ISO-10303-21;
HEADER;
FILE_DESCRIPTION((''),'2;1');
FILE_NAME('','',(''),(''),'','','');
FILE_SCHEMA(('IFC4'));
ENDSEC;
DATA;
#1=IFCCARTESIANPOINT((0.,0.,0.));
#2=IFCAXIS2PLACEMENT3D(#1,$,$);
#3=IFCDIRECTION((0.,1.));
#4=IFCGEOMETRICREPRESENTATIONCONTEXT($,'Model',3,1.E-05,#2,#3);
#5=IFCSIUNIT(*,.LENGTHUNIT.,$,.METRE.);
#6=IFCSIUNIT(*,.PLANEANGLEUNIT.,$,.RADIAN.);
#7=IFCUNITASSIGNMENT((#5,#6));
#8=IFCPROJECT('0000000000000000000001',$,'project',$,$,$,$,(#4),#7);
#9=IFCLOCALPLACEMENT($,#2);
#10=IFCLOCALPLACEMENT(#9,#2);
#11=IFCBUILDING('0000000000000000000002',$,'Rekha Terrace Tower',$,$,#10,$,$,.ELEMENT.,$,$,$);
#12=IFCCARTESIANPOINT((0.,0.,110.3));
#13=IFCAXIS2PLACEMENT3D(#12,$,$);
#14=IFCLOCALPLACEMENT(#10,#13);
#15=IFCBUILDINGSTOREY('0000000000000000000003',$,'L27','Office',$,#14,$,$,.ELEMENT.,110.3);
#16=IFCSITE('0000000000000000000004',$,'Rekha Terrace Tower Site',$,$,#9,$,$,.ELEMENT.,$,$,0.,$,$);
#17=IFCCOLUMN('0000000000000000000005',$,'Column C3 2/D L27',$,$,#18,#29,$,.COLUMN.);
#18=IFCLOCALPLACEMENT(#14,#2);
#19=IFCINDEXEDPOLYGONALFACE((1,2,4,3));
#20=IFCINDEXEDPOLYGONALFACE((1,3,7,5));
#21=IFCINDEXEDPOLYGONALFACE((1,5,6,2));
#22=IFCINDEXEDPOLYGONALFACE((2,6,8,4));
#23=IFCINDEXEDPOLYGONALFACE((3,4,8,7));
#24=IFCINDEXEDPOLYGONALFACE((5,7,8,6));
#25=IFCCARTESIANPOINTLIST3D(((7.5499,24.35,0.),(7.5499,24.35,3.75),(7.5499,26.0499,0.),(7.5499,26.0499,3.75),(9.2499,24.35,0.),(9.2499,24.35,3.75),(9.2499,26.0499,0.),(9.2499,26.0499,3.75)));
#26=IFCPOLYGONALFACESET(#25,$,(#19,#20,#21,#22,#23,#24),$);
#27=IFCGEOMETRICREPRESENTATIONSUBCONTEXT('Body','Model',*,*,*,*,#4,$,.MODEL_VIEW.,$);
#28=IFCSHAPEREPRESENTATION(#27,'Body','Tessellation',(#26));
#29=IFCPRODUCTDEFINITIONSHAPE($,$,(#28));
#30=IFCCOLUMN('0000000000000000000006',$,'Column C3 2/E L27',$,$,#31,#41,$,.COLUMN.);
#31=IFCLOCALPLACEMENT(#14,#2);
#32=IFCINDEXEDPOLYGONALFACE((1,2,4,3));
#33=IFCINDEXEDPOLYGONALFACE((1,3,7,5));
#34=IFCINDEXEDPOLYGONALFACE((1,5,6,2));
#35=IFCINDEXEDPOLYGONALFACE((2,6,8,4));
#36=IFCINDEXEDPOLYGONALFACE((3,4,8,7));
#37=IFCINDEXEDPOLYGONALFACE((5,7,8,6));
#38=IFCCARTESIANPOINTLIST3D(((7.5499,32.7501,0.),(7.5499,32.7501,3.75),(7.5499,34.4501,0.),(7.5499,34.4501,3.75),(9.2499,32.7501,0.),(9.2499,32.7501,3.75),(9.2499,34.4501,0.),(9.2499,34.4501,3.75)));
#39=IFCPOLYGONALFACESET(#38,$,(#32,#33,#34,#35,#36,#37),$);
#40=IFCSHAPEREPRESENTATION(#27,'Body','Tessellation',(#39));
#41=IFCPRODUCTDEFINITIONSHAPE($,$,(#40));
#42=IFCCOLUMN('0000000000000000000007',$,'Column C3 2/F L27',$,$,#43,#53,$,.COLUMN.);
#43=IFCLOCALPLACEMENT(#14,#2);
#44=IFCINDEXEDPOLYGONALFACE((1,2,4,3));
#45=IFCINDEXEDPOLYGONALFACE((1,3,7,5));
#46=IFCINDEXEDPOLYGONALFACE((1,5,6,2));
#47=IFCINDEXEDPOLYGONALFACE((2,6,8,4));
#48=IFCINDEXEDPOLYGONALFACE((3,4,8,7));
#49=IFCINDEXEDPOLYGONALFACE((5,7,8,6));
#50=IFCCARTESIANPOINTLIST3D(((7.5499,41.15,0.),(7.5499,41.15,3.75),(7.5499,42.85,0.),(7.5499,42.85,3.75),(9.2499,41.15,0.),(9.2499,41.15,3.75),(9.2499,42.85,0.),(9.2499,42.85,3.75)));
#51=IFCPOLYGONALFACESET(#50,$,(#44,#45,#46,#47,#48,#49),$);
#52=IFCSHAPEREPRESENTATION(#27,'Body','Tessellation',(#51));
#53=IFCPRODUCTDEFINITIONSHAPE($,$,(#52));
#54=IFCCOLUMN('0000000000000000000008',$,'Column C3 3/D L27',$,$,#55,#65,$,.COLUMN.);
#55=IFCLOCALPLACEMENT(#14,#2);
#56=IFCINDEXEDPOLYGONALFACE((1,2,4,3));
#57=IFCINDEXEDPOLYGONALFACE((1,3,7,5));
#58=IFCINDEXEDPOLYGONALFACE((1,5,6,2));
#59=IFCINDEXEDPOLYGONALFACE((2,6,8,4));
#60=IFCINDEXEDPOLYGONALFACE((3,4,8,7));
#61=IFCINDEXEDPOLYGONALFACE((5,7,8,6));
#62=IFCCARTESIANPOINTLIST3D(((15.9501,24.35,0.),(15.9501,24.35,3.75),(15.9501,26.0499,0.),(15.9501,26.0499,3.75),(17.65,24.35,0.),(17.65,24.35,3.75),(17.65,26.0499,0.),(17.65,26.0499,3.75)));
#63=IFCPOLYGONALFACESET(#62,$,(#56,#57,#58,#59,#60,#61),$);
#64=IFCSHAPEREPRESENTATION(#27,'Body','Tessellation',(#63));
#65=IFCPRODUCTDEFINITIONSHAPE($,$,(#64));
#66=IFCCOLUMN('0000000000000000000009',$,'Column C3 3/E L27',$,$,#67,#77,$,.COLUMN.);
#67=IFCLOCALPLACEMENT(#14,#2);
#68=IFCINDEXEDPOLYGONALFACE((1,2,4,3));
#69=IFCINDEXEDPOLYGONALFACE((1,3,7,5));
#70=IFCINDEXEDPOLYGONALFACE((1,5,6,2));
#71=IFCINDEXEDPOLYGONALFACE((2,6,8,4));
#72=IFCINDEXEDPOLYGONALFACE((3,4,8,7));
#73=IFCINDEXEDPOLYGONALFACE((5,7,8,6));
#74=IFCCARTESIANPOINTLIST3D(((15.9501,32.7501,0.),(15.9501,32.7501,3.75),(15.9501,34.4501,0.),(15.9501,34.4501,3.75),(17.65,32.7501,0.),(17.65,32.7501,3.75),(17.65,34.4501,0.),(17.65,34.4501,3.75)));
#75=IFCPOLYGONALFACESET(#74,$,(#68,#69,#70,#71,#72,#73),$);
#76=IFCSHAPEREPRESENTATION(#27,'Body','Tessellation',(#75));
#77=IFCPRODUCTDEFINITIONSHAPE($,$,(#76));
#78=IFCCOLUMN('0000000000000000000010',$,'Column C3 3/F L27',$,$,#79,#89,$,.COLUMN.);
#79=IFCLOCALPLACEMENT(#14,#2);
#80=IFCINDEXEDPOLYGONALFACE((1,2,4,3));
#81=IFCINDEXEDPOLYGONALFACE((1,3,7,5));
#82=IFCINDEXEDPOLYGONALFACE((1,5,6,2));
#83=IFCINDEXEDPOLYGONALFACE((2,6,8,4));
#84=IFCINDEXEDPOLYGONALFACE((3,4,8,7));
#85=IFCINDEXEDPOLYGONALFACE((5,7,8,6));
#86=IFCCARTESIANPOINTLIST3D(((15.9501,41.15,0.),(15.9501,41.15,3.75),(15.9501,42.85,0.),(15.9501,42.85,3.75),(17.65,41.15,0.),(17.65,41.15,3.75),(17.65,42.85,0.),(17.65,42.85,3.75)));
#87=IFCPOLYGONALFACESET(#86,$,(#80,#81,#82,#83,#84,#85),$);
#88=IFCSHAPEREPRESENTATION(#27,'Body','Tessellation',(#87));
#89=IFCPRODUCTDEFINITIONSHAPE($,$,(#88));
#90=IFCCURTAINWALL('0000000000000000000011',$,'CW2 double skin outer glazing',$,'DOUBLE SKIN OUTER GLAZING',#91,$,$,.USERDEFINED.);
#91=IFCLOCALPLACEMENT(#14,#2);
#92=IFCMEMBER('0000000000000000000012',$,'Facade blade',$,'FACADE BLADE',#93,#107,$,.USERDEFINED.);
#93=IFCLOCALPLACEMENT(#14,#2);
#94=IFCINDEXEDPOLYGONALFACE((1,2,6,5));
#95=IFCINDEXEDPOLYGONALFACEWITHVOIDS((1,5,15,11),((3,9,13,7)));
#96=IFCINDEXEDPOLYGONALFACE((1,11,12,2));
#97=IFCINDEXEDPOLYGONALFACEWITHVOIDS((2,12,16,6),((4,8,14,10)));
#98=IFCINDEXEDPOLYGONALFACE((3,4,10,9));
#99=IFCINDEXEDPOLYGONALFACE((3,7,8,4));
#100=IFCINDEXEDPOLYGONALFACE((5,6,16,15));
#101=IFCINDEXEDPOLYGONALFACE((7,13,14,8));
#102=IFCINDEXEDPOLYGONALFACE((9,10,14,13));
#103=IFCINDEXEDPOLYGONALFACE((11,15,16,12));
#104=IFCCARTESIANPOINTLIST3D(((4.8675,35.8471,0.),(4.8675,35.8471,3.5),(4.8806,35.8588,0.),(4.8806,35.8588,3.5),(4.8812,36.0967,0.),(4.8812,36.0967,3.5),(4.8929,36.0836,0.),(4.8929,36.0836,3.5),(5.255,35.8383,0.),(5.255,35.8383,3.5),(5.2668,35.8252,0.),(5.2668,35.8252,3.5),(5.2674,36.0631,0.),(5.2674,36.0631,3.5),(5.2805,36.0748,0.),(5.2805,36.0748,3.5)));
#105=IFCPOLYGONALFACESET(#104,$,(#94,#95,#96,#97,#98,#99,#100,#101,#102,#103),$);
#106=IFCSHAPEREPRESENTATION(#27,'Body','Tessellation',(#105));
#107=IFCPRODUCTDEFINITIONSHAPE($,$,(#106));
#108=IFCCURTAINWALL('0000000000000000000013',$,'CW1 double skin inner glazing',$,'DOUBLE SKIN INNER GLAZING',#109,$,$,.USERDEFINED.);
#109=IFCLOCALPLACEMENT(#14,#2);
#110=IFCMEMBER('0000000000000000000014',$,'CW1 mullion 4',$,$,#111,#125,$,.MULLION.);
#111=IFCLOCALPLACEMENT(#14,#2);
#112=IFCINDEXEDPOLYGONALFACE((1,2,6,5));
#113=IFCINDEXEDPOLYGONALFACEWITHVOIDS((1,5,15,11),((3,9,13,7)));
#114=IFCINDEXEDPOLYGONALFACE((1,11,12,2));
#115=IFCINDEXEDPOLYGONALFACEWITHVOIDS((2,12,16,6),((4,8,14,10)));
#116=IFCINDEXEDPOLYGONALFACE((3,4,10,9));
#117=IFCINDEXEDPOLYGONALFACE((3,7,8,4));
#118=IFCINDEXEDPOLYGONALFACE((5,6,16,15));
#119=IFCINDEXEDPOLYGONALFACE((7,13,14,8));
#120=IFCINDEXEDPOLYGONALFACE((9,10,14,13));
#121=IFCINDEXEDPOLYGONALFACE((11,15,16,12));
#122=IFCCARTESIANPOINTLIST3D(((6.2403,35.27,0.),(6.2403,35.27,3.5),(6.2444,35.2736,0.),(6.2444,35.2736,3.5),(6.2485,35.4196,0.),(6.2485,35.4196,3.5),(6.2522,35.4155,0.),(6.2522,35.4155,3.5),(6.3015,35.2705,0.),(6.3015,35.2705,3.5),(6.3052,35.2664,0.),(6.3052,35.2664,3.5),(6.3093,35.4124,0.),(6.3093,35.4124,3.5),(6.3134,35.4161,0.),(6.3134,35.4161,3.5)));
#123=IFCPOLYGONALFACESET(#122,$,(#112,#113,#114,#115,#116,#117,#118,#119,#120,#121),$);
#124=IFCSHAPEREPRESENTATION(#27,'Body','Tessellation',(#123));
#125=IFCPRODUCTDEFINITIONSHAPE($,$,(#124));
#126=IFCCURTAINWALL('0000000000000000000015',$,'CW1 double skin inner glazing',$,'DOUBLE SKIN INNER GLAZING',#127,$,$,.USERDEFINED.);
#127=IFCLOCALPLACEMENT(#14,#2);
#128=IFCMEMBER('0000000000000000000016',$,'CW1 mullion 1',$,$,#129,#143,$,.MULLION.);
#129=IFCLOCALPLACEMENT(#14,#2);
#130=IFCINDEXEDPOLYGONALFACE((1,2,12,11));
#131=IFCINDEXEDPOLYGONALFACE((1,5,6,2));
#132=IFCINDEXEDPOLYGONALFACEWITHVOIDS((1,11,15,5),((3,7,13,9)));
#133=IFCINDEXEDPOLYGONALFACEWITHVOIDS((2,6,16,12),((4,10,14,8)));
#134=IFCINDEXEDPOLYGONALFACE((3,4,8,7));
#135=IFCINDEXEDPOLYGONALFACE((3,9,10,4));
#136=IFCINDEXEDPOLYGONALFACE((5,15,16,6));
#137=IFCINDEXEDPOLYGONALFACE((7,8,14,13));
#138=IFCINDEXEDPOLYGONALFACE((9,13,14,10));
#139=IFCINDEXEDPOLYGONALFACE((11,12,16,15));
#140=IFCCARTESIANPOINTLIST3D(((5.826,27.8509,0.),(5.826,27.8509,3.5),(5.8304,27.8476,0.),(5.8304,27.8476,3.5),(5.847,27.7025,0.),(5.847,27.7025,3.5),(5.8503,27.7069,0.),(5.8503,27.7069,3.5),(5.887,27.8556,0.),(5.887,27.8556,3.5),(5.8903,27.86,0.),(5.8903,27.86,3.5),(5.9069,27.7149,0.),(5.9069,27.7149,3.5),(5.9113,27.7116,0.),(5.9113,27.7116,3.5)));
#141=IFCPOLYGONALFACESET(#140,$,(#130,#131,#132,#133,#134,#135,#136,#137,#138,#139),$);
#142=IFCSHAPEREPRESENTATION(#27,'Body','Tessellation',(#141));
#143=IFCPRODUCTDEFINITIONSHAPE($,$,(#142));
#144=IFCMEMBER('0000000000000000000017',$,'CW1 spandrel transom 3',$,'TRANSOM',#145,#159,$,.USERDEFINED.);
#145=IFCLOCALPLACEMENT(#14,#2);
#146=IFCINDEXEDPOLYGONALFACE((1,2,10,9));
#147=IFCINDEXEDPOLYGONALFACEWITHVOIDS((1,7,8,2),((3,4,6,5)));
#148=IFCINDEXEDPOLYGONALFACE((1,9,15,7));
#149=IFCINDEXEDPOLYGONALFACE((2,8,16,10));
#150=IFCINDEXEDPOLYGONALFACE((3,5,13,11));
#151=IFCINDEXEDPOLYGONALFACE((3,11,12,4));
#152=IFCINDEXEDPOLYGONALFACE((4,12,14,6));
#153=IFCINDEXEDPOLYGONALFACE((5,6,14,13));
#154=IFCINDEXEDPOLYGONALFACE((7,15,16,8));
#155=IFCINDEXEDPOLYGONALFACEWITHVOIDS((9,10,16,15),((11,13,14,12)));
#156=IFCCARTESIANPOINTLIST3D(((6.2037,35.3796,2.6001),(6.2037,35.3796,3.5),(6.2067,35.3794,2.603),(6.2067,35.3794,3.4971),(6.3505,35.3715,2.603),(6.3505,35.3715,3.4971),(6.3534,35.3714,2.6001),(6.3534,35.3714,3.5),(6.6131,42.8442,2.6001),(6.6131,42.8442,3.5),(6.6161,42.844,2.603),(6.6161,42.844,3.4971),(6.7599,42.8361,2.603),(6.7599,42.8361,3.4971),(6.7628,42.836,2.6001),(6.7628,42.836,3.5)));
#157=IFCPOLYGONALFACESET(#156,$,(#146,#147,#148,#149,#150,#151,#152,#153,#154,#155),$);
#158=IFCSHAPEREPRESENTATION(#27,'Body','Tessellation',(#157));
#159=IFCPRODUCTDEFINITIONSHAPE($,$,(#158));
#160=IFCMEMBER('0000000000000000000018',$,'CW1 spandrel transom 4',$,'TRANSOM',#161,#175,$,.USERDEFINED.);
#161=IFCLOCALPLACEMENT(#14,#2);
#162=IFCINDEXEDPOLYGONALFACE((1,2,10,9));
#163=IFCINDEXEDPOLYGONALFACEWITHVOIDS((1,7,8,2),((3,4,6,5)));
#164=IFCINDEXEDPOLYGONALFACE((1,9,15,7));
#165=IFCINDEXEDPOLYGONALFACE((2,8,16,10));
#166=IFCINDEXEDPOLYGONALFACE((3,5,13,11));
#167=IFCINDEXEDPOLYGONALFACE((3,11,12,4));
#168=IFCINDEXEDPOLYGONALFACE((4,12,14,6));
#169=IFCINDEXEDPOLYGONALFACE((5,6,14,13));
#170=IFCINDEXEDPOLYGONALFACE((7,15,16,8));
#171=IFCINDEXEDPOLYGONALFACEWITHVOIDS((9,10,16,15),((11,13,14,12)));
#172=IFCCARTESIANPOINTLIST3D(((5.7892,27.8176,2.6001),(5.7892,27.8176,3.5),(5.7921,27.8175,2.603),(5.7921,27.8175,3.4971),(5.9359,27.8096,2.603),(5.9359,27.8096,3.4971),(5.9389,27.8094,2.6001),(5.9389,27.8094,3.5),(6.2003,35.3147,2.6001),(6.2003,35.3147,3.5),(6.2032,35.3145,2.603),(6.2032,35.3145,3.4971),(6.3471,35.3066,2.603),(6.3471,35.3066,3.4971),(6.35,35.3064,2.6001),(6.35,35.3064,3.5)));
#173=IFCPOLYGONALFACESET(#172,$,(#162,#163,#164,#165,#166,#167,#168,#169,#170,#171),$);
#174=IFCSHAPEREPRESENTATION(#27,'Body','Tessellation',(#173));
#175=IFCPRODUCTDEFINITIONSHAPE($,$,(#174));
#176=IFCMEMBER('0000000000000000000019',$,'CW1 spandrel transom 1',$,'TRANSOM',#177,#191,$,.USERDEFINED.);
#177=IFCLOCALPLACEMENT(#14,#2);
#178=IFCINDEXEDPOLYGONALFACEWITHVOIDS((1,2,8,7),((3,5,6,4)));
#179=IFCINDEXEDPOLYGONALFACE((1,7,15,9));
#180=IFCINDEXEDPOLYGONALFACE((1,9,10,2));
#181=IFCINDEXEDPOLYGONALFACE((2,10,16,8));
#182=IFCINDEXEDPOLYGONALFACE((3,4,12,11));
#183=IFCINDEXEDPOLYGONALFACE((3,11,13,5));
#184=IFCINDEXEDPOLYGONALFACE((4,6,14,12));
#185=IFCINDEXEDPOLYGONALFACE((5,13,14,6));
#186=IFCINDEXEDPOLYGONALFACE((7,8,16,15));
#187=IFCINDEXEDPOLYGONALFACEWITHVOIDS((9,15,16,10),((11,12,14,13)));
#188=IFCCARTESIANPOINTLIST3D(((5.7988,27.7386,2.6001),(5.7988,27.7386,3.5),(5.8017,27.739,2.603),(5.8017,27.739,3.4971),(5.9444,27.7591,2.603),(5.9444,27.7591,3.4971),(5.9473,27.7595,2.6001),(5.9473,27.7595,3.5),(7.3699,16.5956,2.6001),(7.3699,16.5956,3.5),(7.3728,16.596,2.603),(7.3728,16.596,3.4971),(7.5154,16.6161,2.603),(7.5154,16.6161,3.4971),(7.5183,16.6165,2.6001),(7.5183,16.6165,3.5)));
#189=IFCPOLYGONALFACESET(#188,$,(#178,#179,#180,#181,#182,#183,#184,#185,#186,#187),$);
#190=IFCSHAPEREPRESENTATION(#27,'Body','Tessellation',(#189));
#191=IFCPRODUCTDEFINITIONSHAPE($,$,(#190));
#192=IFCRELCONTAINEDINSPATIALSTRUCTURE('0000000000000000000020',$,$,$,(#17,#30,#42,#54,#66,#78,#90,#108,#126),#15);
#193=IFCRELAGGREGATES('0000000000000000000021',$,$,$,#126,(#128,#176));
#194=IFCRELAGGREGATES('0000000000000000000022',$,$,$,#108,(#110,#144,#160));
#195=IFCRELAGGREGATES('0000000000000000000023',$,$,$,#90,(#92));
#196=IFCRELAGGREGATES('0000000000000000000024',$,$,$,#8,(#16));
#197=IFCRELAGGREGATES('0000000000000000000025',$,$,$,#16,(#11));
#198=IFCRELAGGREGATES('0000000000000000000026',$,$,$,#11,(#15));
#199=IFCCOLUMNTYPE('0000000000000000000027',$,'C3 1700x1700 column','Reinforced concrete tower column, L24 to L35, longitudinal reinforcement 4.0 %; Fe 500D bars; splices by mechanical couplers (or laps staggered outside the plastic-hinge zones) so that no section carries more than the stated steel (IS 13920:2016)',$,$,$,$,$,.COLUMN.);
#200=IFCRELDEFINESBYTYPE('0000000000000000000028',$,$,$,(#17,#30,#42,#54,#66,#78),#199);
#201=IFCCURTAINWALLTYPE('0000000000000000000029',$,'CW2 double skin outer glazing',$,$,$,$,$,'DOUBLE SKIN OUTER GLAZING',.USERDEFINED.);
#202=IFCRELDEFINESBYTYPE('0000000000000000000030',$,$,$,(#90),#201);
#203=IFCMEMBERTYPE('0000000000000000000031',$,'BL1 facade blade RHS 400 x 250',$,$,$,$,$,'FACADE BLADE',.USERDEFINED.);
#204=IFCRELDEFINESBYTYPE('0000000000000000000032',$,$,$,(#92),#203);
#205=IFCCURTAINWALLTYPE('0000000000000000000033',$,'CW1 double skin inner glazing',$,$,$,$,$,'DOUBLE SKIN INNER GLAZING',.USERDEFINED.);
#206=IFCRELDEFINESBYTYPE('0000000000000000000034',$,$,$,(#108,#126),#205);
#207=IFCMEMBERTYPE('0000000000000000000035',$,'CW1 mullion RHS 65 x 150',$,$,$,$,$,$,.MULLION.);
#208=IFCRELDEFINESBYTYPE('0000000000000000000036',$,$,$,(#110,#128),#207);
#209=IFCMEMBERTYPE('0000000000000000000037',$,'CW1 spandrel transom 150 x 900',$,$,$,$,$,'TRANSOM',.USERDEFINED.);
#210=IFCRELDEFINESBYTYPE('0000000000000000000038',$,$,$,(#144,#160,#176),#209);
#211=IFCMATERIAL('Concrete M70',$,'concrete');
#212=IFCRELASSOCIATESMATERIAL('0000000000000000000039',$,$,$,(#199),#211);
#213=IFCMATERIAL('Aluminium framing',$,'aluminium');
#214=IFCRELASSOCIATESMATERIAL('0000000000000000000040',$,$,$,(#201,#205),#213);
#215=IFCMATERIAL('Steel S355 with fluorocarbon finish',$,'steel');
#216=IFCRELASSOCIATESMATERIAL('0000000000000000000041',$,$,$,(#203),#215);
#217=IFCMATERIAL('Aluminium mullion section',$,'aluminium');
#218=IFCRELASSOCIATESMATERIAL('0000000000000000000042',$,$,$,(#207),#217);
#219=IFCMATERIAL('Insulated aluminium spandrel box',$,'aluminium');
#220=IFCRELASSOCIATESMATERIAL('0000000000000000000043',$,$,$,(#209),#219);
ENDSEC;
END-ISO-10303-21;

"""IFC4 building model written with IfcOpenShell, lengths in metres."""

from ifc_helpers import new_model, si_unit, direction, frame, origin, origin_2d, place, context, subcontext, project, spatial, rectangle, hollow_rectangle, extrude, material, material_profile, profile_set, type_object, element, aggregate, save


model = new_model("IFC4")

# Units and contexts
model_context = context("Model", 3, precision=1e-05, world=origin(), true_north=direction((0.0, 1.0)))
body_context = subcontext(model_context, "Body", "Model", "MODEL_VIEW")
ifc_project = project(units=[si_unit("LENGTHUNIT", "METRE"), si_unit("PLANEANGLEUNIT", "RADIAN")], contexts=[model_context])

# Site, building, storey
site_placement = place(None, origin())
site = spatial("IfcSite", under=ifc_project, at=site_placement, Name="Rekha Terrace Tower Site", CompositionType="ELEMENT", RefElevation=0.0)
building_placement = place(site_placement, origin())
building = spatial("IfcBuilding", under=site, at=building_placement, Name="Rekha Terrace Tower", CompositionType="ELEMENT")
storey_placement = place(building_placement, frame((0.0, 0.0, 110.3)))
storey = spatial("IfcBuildingStorey", under=building, at=storey_placement, Name="L27", Description="Office", CompositionType="ELEMENT", Elevation=110.3)

# Columns
ifc_material_1 = material(Name="Concrete M70", Category="concrete")
ifc_material_profile_1 = material_profile(ifc_material_1, rectangle(XDim=1.7, YDim=1.7, at=origin_2d()), Name="RC 1700x1700")
ifc_profile_set_1 = profile_set([ifc_material_profile_1], Name="Concrete M70")
column_type = type_object("IfcColumnType", Name="C3 1700x1700 column", Description="Reinforced concrete tower column, L24 to L35, longitudinal reinforcement 4.0 %; Fe 500D bars; splices by mechanical couplers (or laps staggered outside the plastic-hinge zones) so that no section carries more than the stated steel (IS 13920:2016)", PredefinedType="COLUMN", material=ifc_profile_set_1)
for number, where, z_axis, x_axis, name in (
    (1, (8.3999, 25.2, 0.0), (0.0, 0.0, 1.0), (1.0, 0.0, 0.0), "Column C3 2/D L27"),
    (2, (8.3999, 33.6001, 0.0), (0.0, 0.0, 1.0), (1.0, 0.0, 0.0), "Column C3 2/E L27"),
    (3, (8.3999, 42.0, 0.0), (0.0, 0.0, 1.0), (1.0, 0.0, 0.0), "Column C3 2/F L27"),
    (4, (16.8, 25.2, 0.0), (0.0, 0.0, 1.0), (1.0, 0.0, 0.0), "Column C3 3/D L27"),
    (5, (16.8, 33.6001, 0.0), (0.0, 0.0, 1.0), (1.0, 0.0, 0.0), "Column C3 3/E L27"),
    (6, (16.8, 42.0, 0.0), (0.0, 0.0, 1.0), (1.0, 0.0, 0.0), "Column C3 3/F L27"),
):
    element("IfcColumn", number, at=place(storey_placement, frame(where, z_axis=z_axis, x_axis=x_axis)), inside=storey, type_object=column_type, Name=name, PredefinedType="COLUMN", context=body_context, shape_type="SweptSolid", body=[
        extrude(rectangle(XDim=1.7, YDim=1.7, at=origin_2d()), origin(), (0.0, 0.0, 1.0), 3.75),
    ])

# Curtain walls, members
ifc_material_2 = material(Name="Aluminium framing", Category="aluminium")
curtain_wall_type_1 = type_object("IfcCurtainWallType", Name="CW2 double skin outer glazing", ElementType="DOUBLE SKIN OUTER GLAZING", PredefinedType="USERDEFINED", material=ifc_material_2)
curtain_wall_1_placement = place(storey_placement, origin())
curtain_wall_1 = element("IfcCurtainWall", 7, at=curtain_wall_1_placement, inside=storey, type_object=curtain_wall_type_1, Name="CW2 double skin outer glazing", ObjectType="DOUBLE SKIN OUTER GLAZING", PredefinedType="USERDEFINED")
ifc_material_3 = material(Name="Steel S355 with fluorocarbon finish", Category="steel")
ifc_material_profile_2 = material_profile(ifc_material_3, hollow_rectangle(XDim=0.25, YDim=0.3999, WallThickness=0.0125, at=origin_2d()), Name="RHS400x250x12.5")
ifc_profile_set_2 = profile_set([ifc_material_profile_2], Name="Steel S355 with fluorocarbon finish")
member_type_1 = type_object("IfcMemberType", Name="BL1 facade blade RHS 400 x 250", ElementType="FACADE BLADE", PredefinedType="USERDEFINED", material=ifc_profile_set_2)
member_1_placement = place(storey_placement, frame((5.074, 35.9609, 0.0), z_axis=(0.0, 0.0, 1.0), x_axis=(-0.054743, -0.9985, 0.0)))
member_1 = element("IfcMember", 8, at=member_1_placement, type_object=member_type_1, Name="Facade blade", ObjectType="FACADE BLADE", PredefinedType="USERDEFINED", context=body_context, shape_type="SweptSolid", body=[
    extrude(hollow_rectangle(XDim=0.25, YDim=0.3999, WallThickness=0.0125, at=origin_2d()), origin(), (0.0, 0.0, 1.0), 3.5),
])
curtain_wall_type_2 = type_object("IfcCurtainWallType", Name="CW1 double skin inner glazing", ElementType="DOUBLE SKIN INNER GLAZING", PredefinedType="USERDEFINED", material=ifc_material_2)
curtain_wall_2_placement = place(storey_placement, origin())
curtain_wall_2 = element("IfcCurtainWall", 9, at=curtain_wall_2_placement, inside=storey, type_object=curtain_wall_type_2, Name="CW1 double skin inner glazing", ObjectType="DOUBLE SKIN INNER GLAZING", PredefinedType="USERDEFINED")
ifc_material_4 = material(Name="Aluminium mullion section", Category="aluminium")
ifc_material_profile_3 = material_profile(ifc_material_4, hollow_rectangle(XDim=0.0649, YDim=0.1499, WallThickness=0.0039, at=origin_2d()), Name="AL RHS 65x150")
ifc_profile_set_3 = profile_set([ifc_material_profile_3], Name="Aluminium mullion section")
member_type_2 = type_object("IfcMemberType", Name="CW1 mullion RHS 65 x 150", PredefinedType="MULLION", material=ifc_profile_set_3)
member_2_placement = place(storey_placement, frame((6.2769, 35.343, 0.0), z_axis=(0.0, 0.0, 1.0), x_axis=(0.998501, -0.054742, 0.0)))
member_2 = element("IfcMember", 10, at=member_2_placement, type_object=member_type_2, Name="CW1 mullion 4", PredefinedType="MULLION", context=body_context, shape_type="SweptSolid", body=[
    extrude(hollow_rectangle(XDim=0.0649, YDim=0.1499, WallThickness=0.0039, at=origin_2d()), origin(), (0.0, 0.0, 1.0), 3.5),
])
curtain_wall_3_placement = place(storey_placement, origin())
curtain_wall_3 = element("IfcCurtainWall", 11, at=curtain_wall_3_placement, inside=storey, type_object=curtain_wall_type_2, Name="CW1 double skin inner glazing", ObjectType="DOUBLE SKIN INNER GLAZING", PredefinedType="USERDEFINED")
member_3_placement = place(storey_placement, frame((5.8687, 27.7812, 0.0), z_axis=(0.0, 0.0, 1.0), x_axis=(0.990208, 0.139597, 0.0)))
member_3 = element("IfcMember", 12, at=member_3_placement, type_object=member_type_2, Name="CW1 mullion 1", PredefinedType="MULLION", context=body_context, shape_type="SweptSolid", body=[
    extrude(hollow_rectangle(XDim=0.0649, YDim=0.1499, WallThickness=0.0039, at=origin_2d()), origin(), (0.0, 0.0, 1.0), 3.5),
])

# Members
ifc_material_5 = material(Name="Insulated aluminium spandrel box", Category="aluminium")
ifc_material_profile_4 = material_profile(ifc_material_5, hollow_rectangle(XDim=0.1499, YDim=0.8999, WallThickness=0.0029, at=origin_2d()), Name="AL SPANDREL BOX 150x900")
ifc_profile_set_4 = profile_set([ifc_material_profile_4], Name="Insulated aluminium spandrel box")
member_type_3 = type_object("IfcMemberType", Name="CW1 spandrel transom 150 x 900", ElementType="TRANSOM", PredefinedType="USERDEFINED", material=ifc_profile_set_4)
member_4_placement = place(storey_placement, frame((6.688, 42.8401, 3.05), z_axis=(-0.054766, -0.998499, 0.0), x_axis=(0.998499, -0.054766, 0.0)))
member_4 = element("IfcMember", 13, at=member_4_placement, type_object=member_type_3, Name="CW1 spandrel transom 3", ObjectType="TRANSOM", PredefinedType="USERDEFINED", context=body_context, shape_type="SweptSolid", body=[
    extrude(hollow_rectangle(XDim=0.1499, YDim=0.8999, WallThickness=0.0029, at=origin_2d()), origin(), (0.0, 0.0, 1.0), 7.4758),
])
member_5_placement = place(storey_placement, frame((6.2751, 35.3105, 3.05), z_axis=(-0.054757, -0.9985, 0.0), x_axis=(0.9985, -0.054757, 0.0)))
member_5 = element("IfcMember", 14, at=member_5_placement, type_object=member_type_3, Name="CW1 spandrel transom 4", ObjectType="TRANSOM", PredefinedType="USERDEFINED", context=body_context, shape_type="SweptSolid", body=[
    extrude(hollow_rectangle(XDim=0.1499, YDim=0.8999, WallThickness=0.0029, at=origin_2d()), origin(), (0.0, 0.0, 1.0), 7.5083),
])
member_6_placement = place(storey_placement, frame((5.873, 27.749, 3.05), z_axis=(0.139608, -0.990207, 0.0), x_axis=(0.990207, 0.139608, 0.0)))
member_6 = element("IfcMember", 15, at=member_6_placement, type_object=member_type_3, Name="CW1 spandrel transom 1", ObjectType="TRANSOM", PredefinedType="USERDEFINED", context=body_context, shape_type="SweptSolid", body=[
    extrude(hollow_rectangle(XDim=0.1499, YDim=0.8999, WallThickness=0.0029, at=origin_2d()), origin(), (0.0, 0.0, 1.0), 11.2532),
])
aggregate(curtain_wall_3, [member_3, member_6])

aggregate(curtain_wall_2, [member_2, member_4, member_5])
aggregate(curtain_wall_1, [member_1])

save(model, "model.ifc")
